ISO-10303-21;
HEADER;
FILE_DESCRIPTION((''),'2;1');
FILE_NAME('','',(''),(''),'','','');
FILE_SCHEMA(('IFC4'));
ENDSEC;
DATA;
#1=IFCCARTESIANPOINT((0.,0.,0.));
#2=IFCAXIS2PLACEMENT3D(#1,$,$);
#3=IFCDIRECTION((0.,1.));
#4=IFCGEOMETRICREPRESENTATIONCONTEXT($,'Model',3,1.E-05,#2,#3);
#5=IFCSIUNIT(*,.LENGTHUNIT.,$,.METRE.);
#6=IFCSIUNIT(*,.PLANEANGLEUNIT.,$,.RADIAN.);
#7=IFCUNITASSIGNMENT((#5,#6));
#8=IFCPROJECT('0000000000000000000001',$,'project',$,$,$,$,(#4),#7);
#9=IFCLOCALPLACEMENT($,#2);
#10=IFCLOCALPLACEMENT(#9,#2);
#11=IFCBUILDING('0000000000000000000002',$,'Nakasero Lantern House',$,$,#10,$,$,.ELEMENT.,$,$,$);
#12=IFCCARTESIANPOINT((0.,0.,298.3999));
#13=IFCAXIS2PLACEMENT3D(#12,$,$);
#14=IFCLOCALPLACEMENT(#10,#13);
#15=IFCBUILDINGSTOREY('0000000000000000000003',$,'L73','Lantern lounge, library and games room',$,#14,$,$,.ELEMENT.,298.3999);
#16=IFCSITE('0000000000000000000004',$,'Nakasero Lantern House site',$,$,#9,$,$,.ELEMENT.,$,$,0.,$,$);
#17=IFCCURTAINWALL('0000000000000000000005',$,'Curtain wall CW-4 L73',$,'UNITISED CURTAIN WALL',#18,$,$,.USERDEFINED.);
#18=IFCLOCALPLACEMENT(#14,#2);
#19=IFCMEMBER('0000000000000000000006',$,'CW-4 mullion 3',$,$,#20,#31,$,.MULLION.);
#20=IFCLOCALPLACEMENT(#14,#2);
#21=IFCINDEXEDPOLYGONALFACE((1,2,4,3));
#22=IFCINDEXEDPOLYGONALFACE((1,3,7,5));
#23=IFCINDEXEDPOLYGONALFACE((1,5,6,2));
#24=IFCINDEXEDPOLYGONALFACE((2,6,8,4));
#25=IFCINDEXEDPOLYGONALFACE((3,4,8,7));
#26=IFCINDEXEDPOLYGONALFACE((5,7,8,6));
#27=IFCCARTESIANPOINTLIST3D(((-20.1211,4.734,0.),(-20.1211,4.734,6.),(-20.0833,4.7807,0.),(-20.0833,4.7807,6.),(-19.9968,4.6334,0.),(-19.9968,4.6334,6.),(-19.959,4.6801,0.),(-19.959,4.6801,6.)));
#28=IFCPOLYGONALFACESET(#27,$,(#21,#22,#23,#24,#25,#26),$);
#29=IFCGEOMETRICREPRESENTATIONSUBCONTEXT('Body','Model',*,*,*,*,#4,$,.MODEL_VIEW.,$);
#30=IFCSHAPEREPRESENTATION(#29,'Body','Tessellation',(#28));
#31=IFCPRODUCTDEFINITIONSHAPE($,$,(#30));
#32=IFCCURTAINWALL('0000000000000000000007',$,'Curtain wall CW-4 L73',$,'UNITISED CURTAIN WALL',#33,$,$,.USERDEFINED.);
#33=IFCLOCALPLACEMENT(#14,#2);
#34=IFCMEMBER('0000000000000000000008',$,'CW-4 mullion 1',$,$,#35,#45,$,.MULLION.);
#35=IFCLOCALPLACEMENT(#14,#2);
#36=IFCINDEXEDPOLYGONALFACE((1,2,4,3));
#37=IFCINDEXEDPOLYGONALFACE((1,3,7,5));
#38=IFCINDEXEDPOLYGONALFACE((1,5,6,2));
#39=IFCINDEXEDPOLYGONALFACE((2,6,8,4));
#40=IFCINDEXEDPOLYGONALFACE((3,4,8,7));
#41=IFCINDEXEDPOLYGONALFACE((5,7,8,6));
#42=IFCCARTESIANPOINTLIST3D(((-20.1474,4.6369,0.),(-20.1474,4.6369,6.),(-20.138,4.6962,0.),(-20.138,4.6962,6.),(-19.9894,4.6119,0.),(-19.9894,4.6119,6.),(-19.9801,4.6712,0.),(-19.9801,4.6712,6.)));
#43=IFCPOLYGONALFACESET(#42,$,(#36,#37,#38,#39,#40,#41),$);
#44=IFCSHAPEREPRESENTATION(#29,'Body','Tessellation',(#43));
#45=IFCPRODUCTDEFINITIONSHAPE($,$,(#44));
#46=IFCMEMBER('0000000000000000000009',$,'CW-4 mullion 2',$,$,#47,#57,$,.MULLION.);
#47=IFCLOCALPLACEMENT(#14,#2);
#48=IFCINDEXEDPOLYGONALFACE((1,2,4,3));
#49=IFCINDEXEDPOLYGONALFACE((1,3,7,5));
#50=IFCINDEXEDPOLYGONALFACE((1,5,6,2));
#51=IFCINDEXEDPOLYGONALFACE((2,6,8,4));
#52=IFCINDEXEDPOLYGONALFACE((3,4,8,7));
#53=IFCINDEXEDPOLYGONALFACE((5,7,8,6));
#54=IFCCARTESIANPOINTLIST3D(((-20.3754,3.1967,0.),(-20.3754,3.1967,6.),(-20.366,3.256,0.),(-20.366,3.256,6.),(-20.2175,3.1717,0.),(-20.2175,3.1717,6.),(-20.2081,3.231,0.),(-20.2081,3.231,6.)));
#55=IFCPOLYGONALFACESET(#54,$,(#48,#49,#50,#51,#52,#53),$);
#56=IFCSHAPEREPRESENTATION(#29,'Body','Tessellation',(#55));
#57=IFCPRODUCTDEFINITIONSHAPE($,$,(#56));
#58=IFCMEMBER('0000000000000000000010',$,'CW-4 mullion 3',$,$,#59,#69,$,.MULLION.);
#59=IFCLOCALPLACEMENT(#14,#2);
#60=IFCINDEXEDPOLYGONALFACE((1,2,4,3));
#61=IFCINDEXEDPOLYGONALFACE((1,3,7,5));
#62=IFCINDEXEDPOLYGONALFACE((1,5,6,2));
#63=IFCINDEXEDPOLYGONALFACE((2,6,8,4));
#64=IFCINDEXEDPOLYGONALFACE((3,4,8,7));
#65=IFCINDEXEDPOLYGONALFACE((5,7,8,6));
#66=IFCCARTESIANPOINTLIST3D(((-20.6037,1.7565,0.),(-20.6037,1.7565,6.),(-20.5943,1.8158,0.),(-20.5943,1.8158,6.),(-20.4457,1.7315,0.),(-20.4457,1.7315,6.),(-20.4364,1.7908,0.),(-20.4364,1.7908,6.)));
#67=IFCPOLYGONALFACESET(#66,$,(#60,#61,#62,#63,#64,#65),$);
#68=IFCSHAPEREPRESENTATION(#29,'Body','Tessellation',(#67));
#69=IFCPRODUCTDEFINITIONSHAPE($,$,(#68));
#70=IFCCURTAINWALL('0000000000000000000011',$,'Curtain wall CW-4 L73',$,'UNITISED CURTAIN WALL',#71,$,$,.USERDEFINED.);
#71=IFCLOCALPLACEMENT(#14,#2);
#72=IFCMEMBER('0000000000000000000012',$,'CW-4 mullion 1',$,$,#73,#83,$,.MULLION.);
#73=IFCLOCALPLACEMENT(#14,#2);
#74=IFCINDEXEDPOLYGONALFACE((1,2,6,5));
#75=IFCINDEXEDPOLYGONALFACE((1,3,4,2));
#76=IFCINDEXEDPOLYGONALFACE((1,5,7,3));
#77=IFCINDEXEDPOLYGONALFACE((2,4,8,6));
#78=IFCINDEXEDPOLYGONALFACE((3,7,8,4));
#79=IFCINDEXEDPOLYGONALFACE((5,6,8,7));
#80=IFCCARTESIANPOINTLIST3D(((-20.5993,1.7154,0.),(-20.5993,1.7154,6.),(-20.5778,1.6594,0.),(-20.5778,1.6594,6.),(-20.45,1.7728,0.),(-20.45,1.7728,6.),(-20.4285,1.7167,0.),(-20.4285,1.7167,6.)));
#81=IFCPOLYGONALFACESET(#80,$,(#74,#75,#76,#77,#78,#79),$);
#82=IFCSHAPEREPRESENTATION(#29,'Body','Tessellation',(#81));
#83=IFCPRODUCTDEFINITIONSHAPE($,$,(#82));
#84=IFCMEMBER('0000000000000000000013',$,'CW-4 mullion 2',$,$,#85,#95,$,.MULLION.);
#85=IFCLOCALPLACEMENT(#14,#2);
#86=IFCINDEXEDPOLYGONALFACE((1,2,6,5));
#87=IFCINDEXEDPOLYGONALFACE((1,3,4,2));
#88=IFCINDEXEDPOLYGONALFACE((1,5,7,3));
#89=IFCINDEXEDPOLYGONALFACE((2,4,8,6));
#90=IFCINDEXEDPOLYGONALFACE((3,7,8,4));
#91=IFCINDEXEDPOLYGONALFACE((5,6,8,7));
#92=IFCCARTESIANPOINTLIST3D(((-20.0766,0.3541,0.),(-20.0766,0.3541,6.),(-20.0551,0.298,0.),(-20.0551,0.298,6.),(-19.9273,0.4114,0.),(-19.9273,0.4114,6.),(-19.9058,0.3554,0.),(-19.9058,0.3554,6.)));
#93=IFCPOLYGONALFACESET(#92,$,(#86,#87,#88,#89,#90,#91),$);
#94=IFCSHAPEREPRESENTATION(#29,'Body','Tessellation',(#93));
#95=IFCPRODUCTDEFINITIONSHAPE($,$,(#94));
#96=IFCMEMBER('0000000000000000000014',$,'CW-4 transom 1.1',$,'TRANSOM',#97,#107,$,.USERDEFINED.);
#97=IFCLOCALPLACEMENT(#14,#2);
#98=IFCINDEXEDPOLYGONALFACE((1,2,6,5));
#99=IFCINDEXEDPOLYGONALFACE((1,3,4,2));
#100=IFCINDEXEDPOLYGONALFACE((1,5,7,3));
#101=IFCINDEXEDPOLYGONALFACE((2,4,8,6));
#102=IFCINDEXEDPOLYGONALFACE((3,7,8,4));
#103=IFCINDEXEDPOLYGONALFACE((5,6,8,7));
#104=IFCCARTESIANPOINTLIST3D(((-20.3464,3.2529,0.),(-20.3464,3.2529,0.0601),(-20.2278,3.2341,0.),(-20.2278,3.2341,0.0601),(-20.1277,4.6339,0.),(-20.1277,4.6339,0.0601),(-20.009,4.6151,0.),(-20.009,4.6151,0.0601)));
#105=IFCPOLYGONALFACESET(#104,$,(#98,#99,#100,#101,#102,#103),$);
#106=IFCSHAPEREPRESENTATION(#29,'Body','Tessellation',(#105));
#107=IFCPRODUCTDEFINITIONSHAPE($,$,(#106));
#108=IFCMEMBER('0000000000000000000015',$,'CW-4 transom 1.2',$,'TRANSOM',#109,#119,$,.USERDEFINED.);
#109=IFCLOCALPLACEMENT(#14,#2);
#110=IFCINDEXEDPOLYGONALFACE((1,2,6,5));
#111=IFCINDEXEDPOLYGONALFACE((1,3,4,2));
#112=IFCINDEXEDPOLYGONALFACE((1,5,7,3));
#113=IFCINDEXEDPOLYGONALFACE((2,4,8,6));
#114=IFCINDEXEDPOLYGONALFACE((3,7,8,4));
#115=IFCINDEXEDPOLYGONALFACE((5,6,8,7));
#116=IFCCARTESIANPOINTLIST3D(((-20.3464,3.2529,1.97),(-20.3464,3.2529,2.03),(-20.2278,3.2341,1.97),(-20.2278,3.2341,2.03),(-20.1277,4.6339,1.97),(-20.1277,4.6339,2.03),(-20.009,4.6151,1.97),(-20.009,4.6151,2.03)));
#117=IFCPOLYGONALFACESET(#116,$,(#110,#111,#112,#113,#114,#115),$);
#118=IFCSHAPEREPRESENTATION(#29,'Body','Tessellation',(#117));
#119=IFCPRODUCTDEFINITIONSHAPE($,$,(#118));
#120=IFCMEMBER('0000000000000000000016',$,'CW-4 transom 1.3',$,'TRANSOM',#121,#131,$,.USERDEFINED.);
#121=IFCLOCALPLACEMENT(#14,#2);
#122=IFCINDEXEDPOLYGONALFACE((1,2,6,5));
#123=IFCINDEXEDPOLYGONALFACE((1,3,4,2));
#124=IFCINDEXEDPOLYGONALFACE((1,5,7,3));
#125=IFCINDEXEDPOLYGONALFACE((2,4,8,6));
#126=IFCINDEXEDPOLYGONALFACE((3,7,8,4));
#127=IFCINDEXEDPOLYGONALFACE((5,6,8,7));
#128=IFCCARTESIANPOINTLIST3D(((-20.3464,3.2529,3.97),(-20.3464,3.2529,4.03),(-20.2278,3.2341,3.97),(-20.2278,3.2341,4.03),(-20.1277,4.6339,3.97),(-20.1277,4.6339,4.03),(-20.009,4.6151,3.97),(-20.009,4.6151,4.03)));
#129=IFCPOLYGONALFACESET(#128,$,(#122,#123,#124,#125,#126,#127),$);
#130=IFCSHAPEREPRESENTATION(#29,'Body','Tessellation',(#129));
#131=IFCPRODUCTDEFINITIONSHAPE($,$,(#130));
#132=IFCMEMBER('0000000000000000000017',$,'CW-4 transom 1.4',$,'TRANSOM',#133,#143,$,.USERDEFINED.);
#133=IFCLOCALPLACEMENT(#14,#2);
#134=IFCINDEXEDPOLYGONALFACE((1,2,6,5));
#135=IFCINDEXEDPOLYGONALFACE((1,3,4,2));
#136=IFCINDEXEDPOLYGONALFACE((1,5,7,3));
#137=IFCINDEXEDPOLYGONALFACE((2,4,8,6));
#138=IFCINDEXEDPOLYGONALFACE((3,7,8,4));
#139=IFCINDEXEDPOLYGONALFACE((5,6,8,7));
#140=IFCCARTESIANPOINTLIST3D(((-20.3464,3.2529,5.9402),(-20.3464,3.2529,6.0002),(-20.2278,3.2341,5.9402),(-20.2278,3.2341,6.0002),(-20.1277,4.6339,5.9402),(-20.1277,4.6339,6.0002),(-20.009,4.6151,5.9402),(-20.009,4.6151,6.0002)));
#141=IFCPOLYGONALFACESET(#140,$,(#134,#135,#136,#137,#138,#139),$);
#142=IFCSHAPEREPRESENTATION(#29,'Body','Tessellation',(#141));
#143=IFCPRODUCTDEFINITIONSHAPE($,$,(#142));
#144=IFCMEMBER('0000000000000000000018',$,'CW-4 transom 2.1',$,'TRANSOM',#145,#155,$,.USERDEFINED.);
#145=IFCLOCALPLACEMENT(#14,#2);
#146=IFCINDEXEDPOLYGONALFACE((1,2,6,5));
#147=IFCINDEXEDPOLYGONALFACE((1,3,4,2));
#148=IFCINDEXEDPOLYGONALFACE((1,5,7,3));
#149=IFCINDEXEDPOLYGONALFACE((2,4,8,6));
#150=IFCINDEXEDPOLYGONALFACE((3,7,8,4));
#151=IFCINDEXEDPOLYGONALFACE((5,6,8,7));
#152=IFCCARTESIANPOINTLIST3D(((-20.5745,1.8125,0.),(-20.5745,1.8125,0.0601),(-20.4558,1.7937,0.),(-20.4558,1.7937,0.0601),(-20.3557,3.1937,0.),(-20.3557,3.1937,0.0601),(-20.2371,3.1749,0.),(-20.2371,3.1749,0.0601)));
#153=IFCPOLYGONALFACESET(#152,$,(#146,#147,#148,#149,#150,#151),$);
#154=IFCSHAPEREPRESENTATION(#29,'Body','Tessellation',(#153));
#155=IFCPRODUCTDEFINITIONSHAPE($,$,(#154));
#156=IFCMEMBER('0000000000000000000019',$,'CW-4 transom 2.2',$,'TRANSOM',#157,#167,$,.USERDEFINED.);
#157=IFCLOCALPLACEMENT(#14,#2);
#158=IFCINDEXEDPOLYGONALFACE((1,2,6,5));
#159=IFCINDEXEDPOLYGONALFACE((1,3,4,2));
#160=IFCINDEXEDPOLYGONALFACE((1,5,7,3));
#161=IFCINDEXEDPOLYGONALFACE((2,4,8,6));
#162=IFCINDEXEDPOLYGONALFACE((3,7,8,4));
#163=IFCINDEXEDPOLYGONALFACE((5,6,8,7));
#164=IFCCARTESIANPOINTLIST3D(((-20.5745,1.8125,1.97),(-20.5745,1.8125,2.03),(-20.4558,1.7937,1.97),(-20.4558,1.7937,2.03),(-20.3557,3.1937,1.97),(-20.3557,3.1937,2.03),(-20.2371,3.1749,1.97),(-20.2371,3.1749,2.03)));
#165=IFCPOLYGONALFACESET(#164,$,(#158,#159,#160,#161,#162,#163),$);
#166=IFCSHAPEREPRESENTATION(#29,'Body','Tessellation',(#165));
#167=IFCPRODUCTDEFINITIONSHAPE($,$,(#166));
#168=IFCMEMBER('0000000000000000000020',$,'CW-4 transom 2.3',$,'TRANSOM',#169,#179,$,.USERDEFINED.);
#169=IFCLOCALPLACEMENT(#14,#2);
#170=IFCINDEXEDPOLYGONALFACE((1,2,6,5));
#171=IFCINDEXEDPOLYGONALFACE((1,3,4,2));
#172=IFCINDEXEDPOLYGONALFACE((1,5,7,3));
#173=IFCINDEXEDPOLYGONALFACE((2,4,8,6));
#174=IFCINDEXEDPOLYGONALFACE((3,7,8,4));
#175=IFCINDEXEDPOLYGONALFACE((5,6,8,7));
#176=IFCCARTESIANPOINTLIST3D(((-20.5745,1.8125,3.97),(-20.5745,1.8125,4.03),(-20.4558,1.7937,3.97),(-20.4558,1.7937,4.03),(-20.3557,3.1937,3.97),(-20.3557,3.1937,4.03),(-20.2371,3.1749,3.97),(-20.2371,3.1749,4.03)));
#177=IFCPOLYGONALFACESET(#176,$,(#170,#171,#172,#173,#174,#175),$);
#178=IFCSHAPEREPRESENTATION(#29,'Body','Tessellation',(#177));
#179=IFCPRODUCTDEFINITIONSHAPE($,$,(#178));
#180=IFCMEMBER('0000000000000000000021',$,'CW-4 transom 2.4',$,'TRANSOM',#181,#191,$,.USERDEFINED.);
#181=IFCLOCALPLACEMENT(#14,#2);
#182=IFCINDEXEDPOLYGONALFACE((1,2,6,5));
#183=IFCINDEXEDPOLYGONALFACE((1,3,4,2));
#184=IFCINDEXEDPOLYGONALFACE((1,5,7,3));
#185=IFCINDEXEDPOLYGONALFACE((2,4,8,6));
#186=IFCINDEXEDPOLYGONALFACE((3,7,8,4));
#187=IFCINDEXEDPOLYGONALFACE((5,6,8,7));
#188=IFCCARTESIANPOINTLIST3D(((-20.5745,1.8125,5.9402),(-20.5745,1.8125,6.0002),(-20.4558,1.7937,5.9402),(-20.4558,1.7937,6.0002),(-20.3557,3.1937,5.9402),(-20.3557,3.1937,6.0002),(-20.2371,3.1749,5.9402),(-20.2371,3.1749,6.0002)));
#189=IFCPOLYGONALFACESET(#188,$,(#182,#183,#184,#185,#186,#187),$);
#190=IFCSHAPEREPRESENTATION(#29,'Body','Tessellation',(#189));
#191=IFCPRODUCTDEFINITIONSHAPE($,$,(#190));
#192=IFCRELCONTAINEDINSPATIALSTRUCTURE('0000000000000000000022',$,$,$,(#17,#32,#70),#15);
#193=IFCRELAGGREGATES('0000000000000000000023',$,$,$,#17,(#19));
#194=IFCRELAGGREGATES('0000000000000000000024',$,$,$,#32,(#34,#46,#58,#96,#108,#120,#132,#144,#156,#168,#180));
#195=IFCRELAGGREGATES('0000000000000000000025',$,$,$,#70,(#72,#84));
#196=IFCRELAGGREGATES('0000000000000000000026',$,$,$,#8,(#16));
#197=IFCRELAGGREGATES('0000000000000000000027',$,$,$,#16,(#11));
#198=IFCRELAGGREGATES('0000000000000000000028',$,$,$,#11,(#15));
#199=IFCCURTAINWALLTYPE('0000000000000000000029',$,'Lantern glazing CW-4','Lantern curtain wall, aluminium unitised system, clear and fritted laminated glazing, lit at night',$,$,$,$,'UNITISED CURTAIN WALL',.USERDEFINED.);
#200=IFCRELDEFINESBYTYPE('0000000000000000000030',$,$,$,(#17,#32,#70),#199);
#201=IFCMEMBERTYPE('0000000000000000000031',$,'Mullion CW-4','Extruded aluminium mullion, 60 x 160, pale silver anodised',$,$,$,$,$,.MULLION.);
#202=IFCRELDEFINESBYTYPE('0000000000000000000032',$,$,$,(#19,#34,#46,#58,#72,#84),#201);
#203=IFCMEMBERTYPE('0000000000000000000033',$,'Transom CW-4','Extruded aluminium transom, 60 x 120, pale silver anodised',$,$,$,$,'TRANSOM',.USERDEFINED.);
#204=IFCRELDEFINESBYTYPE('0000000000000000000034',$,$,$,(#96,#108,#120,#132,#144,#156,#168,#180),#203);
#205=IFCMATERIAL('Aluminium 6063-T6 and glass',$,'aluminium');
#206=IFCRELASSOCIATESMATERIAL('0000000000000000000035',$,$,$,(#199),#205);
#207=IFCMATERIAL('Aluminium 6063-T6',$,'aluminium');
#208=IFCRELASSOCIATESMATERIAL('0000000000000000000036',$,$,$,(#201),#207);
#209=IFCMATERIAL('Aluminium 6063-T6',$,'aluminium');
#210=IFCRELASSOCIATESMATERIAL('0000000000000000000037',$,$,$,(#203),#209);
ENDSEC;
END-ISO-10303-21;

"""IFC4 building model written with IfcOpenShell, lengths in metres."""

from ifc_helpers import new_model, si_unit, direction, frame, origin, origin_2d, place, context, subcontext, project, spatial, rectangle, extrude, material, material_profile, profile_set, type_object, element, aggregate, save


model = new_model("IFC4")

# Units and contexts
model_context = context("Model", 3, precision=1e-05, world=origin(), true_north=direction((0.0, 1.0)))
body_context = subcontext(model_context, "Body", "Model", "MODEL_VIEW")
ifc_project = project(units=[si_unit("LENGTHUNIT", "METRE"), si_unit("PLANEANGLEUNIT", "RADIAN")], contexts=[model_context])

# Site, building, storey
site_placement = place(None, origin())
site = spatial("IfcSite", under=ifc_project, at=site_placement, Name="Nakasero Lantern House site", CompositionType="ELEMENT", RefElevation=0.0)
building_placement = place(site_placement, origin())
building = spatial("IfcBuilding", under=site, at=building_placement, Name="Nakasero Lantern House", CompositionType="ELEMENT")
storey_placement = place(building_placement, frame((0.0, 0.0, 298.3999)))
storey = spatial("IfcBuildingStorey", under=building, at=storey_placement, Name="L73", Description="Lantern lounge, library and games room", CompositionType="ELEMENT", Elevation=298.3999)

# Curtain wall, member
ifc_material_1 = material(Name="Aluminium 6063-T6 and glass", Category="aluminium")
curtain_wall_type = type_object("IfcCurtainWallType", Name="Lantern glazing CW-4", Description="Lantern curtain wall, aluminium unitised system, clear and fritted laminated glazing, lit at night", ElementType="UNITISED CURTAIN WALL", PredefinedType="USERDEFINED", material=ifc_material_1)
curtain_wall_1_placement = place(storey_placement, origin())
curtain_wall_1 = element("IfcCurtainWall", 1, at=curtain_wall_1_placement, inside=storey, type_object=curtain_wall_type, Name="Curtain wall CW-4 L73", ObjectType="UNITISED CURTAIN WALL", PredefinedType="USERDEFINED")
ifc_material_2 = material(Name="Aluminium 6063-T6", Category="aluminium")
ifc_material_profile_1 = material_profile(ifc_material_2, rectangle(XDim=0.0601, YDim=0.1599, at=origin_2d()), Name="CW-4 mullion 60x160")
ifc_profile_set_1 = profile_set([ifc_material_profile_1], Name="Aluminium 6063-T6")
member_type_1 = type_object("IfcMemberType", Name="Mullion CW-4", Description="Extruded aluminium mullion, 60 x 160, pale silver anodised", PredefinedType="MULLION", material=ifc_profile_set_1)
member_1_placement = place(storey_placement, frame((-20.04, 4.707, 0.0), z_axis=(0.0, 0.0, 1.0), x_axis=(-0.62932, -0.777146, 0.0)))
member_1 = element("IfcMember", 2, at=member_1_placement, type_object=member_type_1, Name="CW-4 mullion 3", PredefinedType="MULLION", context=body_context, shape_type="SweptSolid", body=[
    extrude(rectangle(XDim=0.0601, YDim=0.1599, at=origin_2d()), origin(), (0.0, 0.0, 1.0), 6.0),
])
aggregate(curtain_wall_1, [member_1])

# Curtain walls, members
curtain_wall_2_placement = place(storey_placement, origin())
curtain_wall_2 = element("IfcCurtainWall", 3, at=curtain_wall_2_placement, inside=storey, type_object=curtain_wall_type, Name="Curtain wall CW-4 L73", ObjectType="UNITISED CURTAIN WALL", PredefinedType="USERDEFINED")
member_2_placement = place(storey_placement, frame((-20.0637, 4.6541, 0.0), z_axis=(0.0, 0.0, 1.0), x_axis=(-0.156434, -0.987688, 0.0)))
member_2 = element("IfcMember", 4, at=member_2_placement, type_object=member_type_1, Name="CW-4 mullion 1", PredefinedType="MULLION", context=body_context, shape_type="SweptSolid", body=[
    extrude(rectangle(XDim=0.0601, YDim=0.1599, at=origin_2d()), origin(), (0.0, 0.0, 1.0), 6.0),
])
member_3_placement = place(storey_placement, frame((-20.2917, 3.2139, 0.0), z_axis=(0.0, 0.0, 1.0), x_axis=(-0.156434, -0.987688, 0.0)))
member_3 = element("IfcMember", 5, at=member_3_placement, type_object=member_type_1, Name="CW-4 mullion 2", PredefinedType="MULLION", context=body_context, shape_type="SweptSolid", body=[
    extrude(rectangle(XDim=0.0601, YDim=0.1599, at=origin_2d()), origin(), (0.0, 0.0, 1.0), 6.0),
])
member_4_placement = place(storey_placement, frame((-20.52, 1.7737, 0.0), z_axis=(0.0, 0.0, 1.0), x_axis=(-0.156434, -0.987688, 0.0)))
member_4 = element("IfcMember", 6, at=member_4_placement, type_object=member_type_1, Name="CW-4 mullion 3", PredefinedType="MULLION", context=body_context, shape_type="SweptSolid", body=[
    extrude(rectangle(XDim=0.0601, YDim=0.1599, at=origin_2d()), origin(), (0.0, 0.0, 1.0), 6.0),
])
curtain_wall_3_placement = place(storey_placement, origin())
curtain_wall_3 = element("IfcCurtainWall", 7, at=curtain_wall_3_placement, inside=storey, type_object=curtain_wall_type, Name="Curtain wall CW-4 L73", ObjectType="UNITISED CURTAIN WALL", PredefinedType="USERDEFINED")
member_5_placement = place(storey_placement, frame((-20.5139, 1.7161, 0.0), z_axis=(0.0, 0.0, 1.0), x_axis=(0.358368, -0.93358, 0.0)))
member_5 = element("IfcMember", 8, at=member_5_placement, type_object=member_type_1, Name="CW-4 mullion 1", PredefinedType="MULLION", context=body_context, shape_type="SweptSolid", body=[
    extrude(rectangle(XDim=0.0601, YDim=0.1599, at=origin_2d()), origin(), (0.0, 0.0, 1.0), 6.0),
])
member_6_placement = place(storey_placement, frame((-19.9912, 0.3547, 0.0), z_axis=(0.0, 0.0, 1.0), x_axis=(0.358368, -0.93358, 0.0)))
member_6 = element("IfcMember", 9, at=member_6_placement, type_object=member_type_1, Name="CW-4 mullion 2", PredefinedType="MULLION", context=body_context, shape_type="SweptSolid", body=[
    extrude(rectangle(XDim=0.0601, YDim=0.1599, at=origin_2d()), origin(), (0.0, 0.0, 1.0), 6.0),
])

# Members
ifc_material_3 = material(Name="Aluminium 6063-T6", Category="aluminium")
ifc_material_profile_2 = material_profile(ifc_material_3, rectangle(XDim=0.0601, YDim=0.1201, at=origin_2d()), Name="CW-4 transom 60x120")
ifc_profile_set_2 = profile_set([ifc_material_profile_2], Name="Aluminium 6063-T6")
member_type_2 = type_object("IfcMemberType", Name="Transom CW-4", Description="Extruded aluminium transom, 60 x 120, pale silver anodised", ElementType="TRANSOM", PredefinedType="USERDEFINED", material=ifc_profile_set_2)
member_7_placement = place(storey_placement, frame((-20.0684, 4.6245, 0.03), z_axis=(-0.156465, -0.987684, 0.0), x_axis=(0.0, 0.0, 1.0)))
member_7 = element("IfcMember", 10, at=member_7_placement, type_object=member_type_2, Name="CW-4 transom 1.1", ObjectType="TRANSOM", PredefinedType="USERDEFINED", context=body_context, shape_type="SweptSolid", body=[
    extrude(rectangle(XDim=0.0601, YDim=0.1201, at=origin_2d()), origin(), (0.0, 0.0, 1.0), 1.3982),
])
member_8_placement = place(storey_placement, frame((-20.0684, 4.6245, 2.0), z_axis=(-0.156465, -0.987684, 0.0), x_axis=(0.0, 0.0, 1.0)))
member_8 = element("IfcMember", 11, at=member_8_placement, type_object=member_type_2, Name="CW-4 transom 1.2", ObjectType="TRANSOM", PredefinedType="USERDEFINED", context=body_context, shape_type="SweptSolid", body=[
    extrude(rectangle(XDim=0.0601, YDim=0.1201, at=origin_2d()), origin(), (0.0, 0.0, 1.0), 1.3982),
])
member_9_placement = place(storey_placement, frame((-20.0684, 4.6245, 4.0), z_axis=(-0.156465, -0.987684, 0.0), x_axis=(0.0, 0.0, 1.0)))
member_9 = element("IfcMember", 12, at=member_9_placement, type_object=member_type_2, Name="CW-4 transom 1.3", ObjectType="TRANSOM", PredefinedType="USERDEFINED", context=body_context, shape_type="SweptSolid", body=[
    extrude(rectangle(XDim=0.0601, YDim=0.1201, at=origin_2d()), origin(), (0.0, 0.0, 1.0), 1.3982),
])
member_10_placement = place(storey_placement, frame((-20.0684, 4.6245, 5.9702), z_axis=(-0.156465, -0.987684, 0.0), x_axis=(0.0, 0.0, 1.0)))
member_10 = element("IfcMember", 13, at=member_10_placement, type_object=member_type_2, Name="CW-4 transom 1.4", ObjectType="TRANSOM", PredefinedType="USERDEFINED", context=body_context, shape_type="SweptSolid", body=[
    extrude(rectangle(XDim=0.0601, YDim=0.1201, at=origin_2d()), origin(), (0.0, 0.0, 1.0), 1.3982),
])
member_11_placement = place(storey_placement, frame((-20.2964, 3.1843, 0.03), z_axis=(-0.156438, -0.987688, 0.0), x_axis=(0.0, 0.0, 1.0)))
member_11 = element("IfcMember", 14, at=member_11_placement, type_object=member_type_2, Name="CW-4 transom 2.1", ObjectType="TRANSOM", PredefinedType="USERDEFINED", context=body_context, shape_type="SweptSolid", body=[
    extrude(rectangle(XDim=0.0601, YDim=0.1201, at=origin_2d()), origin(), (0.0, 0.0, 1.0), 1.3984),
])
member_12_placement = place(storey_placement, frame((-20.2964, 3.1843, 2.0), z_axis=(-0.156438, -0.987688, 0.0), x_axis=(0.0, 0.0, 1.0)))
member_12 = element("IfcMember", 15, at=member_12_placement, type_object=member_type_2, Name="CW-4 transom 2.2", ObjectType="TRANSOM", PredefinedType="USERDEFINED", context=body_context, shape_type="SweptSolid", body=[
    extrude(rectangle(XDim=0.0601, YDim=0.1201, at=origin_2d()), origin(), (0.0, 0.0, 1.0), 1.3984),
])
member_13_placement = place(storey_placement, frame((-20.2964, 3.1843, 4.0), z_axis=(-0.156438, -0.987688, 0.0), x_axis=(0.0, 0.0, 1.0)))
member_13 = element("IfcMember", 16, at=member_13_placement, type_object=member_type_2, Name="CW-4 transom 2.3", ObjectType="TRANSOM", PredefinedType="USERDEFINED", context=body_context, shape_type="SweptSolid", body=[
    extrude(rectangle(XDim=0.0601, YDim=0.1201, at=origin_2d()), origin(), (0.0, 0.0, 1.0), 1.3984),
])
member_14_placement = place(storey_placement, frame((-20.2964, 3.1843, 5.9702), z_axis=(-0.156438, -0.987688, 0.0), x_axis=(0.0, 0.0, 1.0)))
member_14 = element("IfcMember", 17, at=member_14_placement, type_object=member_type_2, Name="CW-4 transom 2.4", ObjectType="TRANSOM", PredefinedType="USERDEFINED", context=body_context, shape_type="SweptSolid", body=[
    extrude(rectangle(XDim=0.0601, YDim=0.1201, at=origin_2d()), origin(), (0.0, 0.0, 1.0), 1.3984),
])

aggregate(curtain_wall_2, [member_2, member_3, member_4, member_7, member_8, member_9, member_10, member_11, member_12, member_13, member_14])
aggregate(curtain_wall_3, [member_5, member_6])

save(model, "model.ifc")
